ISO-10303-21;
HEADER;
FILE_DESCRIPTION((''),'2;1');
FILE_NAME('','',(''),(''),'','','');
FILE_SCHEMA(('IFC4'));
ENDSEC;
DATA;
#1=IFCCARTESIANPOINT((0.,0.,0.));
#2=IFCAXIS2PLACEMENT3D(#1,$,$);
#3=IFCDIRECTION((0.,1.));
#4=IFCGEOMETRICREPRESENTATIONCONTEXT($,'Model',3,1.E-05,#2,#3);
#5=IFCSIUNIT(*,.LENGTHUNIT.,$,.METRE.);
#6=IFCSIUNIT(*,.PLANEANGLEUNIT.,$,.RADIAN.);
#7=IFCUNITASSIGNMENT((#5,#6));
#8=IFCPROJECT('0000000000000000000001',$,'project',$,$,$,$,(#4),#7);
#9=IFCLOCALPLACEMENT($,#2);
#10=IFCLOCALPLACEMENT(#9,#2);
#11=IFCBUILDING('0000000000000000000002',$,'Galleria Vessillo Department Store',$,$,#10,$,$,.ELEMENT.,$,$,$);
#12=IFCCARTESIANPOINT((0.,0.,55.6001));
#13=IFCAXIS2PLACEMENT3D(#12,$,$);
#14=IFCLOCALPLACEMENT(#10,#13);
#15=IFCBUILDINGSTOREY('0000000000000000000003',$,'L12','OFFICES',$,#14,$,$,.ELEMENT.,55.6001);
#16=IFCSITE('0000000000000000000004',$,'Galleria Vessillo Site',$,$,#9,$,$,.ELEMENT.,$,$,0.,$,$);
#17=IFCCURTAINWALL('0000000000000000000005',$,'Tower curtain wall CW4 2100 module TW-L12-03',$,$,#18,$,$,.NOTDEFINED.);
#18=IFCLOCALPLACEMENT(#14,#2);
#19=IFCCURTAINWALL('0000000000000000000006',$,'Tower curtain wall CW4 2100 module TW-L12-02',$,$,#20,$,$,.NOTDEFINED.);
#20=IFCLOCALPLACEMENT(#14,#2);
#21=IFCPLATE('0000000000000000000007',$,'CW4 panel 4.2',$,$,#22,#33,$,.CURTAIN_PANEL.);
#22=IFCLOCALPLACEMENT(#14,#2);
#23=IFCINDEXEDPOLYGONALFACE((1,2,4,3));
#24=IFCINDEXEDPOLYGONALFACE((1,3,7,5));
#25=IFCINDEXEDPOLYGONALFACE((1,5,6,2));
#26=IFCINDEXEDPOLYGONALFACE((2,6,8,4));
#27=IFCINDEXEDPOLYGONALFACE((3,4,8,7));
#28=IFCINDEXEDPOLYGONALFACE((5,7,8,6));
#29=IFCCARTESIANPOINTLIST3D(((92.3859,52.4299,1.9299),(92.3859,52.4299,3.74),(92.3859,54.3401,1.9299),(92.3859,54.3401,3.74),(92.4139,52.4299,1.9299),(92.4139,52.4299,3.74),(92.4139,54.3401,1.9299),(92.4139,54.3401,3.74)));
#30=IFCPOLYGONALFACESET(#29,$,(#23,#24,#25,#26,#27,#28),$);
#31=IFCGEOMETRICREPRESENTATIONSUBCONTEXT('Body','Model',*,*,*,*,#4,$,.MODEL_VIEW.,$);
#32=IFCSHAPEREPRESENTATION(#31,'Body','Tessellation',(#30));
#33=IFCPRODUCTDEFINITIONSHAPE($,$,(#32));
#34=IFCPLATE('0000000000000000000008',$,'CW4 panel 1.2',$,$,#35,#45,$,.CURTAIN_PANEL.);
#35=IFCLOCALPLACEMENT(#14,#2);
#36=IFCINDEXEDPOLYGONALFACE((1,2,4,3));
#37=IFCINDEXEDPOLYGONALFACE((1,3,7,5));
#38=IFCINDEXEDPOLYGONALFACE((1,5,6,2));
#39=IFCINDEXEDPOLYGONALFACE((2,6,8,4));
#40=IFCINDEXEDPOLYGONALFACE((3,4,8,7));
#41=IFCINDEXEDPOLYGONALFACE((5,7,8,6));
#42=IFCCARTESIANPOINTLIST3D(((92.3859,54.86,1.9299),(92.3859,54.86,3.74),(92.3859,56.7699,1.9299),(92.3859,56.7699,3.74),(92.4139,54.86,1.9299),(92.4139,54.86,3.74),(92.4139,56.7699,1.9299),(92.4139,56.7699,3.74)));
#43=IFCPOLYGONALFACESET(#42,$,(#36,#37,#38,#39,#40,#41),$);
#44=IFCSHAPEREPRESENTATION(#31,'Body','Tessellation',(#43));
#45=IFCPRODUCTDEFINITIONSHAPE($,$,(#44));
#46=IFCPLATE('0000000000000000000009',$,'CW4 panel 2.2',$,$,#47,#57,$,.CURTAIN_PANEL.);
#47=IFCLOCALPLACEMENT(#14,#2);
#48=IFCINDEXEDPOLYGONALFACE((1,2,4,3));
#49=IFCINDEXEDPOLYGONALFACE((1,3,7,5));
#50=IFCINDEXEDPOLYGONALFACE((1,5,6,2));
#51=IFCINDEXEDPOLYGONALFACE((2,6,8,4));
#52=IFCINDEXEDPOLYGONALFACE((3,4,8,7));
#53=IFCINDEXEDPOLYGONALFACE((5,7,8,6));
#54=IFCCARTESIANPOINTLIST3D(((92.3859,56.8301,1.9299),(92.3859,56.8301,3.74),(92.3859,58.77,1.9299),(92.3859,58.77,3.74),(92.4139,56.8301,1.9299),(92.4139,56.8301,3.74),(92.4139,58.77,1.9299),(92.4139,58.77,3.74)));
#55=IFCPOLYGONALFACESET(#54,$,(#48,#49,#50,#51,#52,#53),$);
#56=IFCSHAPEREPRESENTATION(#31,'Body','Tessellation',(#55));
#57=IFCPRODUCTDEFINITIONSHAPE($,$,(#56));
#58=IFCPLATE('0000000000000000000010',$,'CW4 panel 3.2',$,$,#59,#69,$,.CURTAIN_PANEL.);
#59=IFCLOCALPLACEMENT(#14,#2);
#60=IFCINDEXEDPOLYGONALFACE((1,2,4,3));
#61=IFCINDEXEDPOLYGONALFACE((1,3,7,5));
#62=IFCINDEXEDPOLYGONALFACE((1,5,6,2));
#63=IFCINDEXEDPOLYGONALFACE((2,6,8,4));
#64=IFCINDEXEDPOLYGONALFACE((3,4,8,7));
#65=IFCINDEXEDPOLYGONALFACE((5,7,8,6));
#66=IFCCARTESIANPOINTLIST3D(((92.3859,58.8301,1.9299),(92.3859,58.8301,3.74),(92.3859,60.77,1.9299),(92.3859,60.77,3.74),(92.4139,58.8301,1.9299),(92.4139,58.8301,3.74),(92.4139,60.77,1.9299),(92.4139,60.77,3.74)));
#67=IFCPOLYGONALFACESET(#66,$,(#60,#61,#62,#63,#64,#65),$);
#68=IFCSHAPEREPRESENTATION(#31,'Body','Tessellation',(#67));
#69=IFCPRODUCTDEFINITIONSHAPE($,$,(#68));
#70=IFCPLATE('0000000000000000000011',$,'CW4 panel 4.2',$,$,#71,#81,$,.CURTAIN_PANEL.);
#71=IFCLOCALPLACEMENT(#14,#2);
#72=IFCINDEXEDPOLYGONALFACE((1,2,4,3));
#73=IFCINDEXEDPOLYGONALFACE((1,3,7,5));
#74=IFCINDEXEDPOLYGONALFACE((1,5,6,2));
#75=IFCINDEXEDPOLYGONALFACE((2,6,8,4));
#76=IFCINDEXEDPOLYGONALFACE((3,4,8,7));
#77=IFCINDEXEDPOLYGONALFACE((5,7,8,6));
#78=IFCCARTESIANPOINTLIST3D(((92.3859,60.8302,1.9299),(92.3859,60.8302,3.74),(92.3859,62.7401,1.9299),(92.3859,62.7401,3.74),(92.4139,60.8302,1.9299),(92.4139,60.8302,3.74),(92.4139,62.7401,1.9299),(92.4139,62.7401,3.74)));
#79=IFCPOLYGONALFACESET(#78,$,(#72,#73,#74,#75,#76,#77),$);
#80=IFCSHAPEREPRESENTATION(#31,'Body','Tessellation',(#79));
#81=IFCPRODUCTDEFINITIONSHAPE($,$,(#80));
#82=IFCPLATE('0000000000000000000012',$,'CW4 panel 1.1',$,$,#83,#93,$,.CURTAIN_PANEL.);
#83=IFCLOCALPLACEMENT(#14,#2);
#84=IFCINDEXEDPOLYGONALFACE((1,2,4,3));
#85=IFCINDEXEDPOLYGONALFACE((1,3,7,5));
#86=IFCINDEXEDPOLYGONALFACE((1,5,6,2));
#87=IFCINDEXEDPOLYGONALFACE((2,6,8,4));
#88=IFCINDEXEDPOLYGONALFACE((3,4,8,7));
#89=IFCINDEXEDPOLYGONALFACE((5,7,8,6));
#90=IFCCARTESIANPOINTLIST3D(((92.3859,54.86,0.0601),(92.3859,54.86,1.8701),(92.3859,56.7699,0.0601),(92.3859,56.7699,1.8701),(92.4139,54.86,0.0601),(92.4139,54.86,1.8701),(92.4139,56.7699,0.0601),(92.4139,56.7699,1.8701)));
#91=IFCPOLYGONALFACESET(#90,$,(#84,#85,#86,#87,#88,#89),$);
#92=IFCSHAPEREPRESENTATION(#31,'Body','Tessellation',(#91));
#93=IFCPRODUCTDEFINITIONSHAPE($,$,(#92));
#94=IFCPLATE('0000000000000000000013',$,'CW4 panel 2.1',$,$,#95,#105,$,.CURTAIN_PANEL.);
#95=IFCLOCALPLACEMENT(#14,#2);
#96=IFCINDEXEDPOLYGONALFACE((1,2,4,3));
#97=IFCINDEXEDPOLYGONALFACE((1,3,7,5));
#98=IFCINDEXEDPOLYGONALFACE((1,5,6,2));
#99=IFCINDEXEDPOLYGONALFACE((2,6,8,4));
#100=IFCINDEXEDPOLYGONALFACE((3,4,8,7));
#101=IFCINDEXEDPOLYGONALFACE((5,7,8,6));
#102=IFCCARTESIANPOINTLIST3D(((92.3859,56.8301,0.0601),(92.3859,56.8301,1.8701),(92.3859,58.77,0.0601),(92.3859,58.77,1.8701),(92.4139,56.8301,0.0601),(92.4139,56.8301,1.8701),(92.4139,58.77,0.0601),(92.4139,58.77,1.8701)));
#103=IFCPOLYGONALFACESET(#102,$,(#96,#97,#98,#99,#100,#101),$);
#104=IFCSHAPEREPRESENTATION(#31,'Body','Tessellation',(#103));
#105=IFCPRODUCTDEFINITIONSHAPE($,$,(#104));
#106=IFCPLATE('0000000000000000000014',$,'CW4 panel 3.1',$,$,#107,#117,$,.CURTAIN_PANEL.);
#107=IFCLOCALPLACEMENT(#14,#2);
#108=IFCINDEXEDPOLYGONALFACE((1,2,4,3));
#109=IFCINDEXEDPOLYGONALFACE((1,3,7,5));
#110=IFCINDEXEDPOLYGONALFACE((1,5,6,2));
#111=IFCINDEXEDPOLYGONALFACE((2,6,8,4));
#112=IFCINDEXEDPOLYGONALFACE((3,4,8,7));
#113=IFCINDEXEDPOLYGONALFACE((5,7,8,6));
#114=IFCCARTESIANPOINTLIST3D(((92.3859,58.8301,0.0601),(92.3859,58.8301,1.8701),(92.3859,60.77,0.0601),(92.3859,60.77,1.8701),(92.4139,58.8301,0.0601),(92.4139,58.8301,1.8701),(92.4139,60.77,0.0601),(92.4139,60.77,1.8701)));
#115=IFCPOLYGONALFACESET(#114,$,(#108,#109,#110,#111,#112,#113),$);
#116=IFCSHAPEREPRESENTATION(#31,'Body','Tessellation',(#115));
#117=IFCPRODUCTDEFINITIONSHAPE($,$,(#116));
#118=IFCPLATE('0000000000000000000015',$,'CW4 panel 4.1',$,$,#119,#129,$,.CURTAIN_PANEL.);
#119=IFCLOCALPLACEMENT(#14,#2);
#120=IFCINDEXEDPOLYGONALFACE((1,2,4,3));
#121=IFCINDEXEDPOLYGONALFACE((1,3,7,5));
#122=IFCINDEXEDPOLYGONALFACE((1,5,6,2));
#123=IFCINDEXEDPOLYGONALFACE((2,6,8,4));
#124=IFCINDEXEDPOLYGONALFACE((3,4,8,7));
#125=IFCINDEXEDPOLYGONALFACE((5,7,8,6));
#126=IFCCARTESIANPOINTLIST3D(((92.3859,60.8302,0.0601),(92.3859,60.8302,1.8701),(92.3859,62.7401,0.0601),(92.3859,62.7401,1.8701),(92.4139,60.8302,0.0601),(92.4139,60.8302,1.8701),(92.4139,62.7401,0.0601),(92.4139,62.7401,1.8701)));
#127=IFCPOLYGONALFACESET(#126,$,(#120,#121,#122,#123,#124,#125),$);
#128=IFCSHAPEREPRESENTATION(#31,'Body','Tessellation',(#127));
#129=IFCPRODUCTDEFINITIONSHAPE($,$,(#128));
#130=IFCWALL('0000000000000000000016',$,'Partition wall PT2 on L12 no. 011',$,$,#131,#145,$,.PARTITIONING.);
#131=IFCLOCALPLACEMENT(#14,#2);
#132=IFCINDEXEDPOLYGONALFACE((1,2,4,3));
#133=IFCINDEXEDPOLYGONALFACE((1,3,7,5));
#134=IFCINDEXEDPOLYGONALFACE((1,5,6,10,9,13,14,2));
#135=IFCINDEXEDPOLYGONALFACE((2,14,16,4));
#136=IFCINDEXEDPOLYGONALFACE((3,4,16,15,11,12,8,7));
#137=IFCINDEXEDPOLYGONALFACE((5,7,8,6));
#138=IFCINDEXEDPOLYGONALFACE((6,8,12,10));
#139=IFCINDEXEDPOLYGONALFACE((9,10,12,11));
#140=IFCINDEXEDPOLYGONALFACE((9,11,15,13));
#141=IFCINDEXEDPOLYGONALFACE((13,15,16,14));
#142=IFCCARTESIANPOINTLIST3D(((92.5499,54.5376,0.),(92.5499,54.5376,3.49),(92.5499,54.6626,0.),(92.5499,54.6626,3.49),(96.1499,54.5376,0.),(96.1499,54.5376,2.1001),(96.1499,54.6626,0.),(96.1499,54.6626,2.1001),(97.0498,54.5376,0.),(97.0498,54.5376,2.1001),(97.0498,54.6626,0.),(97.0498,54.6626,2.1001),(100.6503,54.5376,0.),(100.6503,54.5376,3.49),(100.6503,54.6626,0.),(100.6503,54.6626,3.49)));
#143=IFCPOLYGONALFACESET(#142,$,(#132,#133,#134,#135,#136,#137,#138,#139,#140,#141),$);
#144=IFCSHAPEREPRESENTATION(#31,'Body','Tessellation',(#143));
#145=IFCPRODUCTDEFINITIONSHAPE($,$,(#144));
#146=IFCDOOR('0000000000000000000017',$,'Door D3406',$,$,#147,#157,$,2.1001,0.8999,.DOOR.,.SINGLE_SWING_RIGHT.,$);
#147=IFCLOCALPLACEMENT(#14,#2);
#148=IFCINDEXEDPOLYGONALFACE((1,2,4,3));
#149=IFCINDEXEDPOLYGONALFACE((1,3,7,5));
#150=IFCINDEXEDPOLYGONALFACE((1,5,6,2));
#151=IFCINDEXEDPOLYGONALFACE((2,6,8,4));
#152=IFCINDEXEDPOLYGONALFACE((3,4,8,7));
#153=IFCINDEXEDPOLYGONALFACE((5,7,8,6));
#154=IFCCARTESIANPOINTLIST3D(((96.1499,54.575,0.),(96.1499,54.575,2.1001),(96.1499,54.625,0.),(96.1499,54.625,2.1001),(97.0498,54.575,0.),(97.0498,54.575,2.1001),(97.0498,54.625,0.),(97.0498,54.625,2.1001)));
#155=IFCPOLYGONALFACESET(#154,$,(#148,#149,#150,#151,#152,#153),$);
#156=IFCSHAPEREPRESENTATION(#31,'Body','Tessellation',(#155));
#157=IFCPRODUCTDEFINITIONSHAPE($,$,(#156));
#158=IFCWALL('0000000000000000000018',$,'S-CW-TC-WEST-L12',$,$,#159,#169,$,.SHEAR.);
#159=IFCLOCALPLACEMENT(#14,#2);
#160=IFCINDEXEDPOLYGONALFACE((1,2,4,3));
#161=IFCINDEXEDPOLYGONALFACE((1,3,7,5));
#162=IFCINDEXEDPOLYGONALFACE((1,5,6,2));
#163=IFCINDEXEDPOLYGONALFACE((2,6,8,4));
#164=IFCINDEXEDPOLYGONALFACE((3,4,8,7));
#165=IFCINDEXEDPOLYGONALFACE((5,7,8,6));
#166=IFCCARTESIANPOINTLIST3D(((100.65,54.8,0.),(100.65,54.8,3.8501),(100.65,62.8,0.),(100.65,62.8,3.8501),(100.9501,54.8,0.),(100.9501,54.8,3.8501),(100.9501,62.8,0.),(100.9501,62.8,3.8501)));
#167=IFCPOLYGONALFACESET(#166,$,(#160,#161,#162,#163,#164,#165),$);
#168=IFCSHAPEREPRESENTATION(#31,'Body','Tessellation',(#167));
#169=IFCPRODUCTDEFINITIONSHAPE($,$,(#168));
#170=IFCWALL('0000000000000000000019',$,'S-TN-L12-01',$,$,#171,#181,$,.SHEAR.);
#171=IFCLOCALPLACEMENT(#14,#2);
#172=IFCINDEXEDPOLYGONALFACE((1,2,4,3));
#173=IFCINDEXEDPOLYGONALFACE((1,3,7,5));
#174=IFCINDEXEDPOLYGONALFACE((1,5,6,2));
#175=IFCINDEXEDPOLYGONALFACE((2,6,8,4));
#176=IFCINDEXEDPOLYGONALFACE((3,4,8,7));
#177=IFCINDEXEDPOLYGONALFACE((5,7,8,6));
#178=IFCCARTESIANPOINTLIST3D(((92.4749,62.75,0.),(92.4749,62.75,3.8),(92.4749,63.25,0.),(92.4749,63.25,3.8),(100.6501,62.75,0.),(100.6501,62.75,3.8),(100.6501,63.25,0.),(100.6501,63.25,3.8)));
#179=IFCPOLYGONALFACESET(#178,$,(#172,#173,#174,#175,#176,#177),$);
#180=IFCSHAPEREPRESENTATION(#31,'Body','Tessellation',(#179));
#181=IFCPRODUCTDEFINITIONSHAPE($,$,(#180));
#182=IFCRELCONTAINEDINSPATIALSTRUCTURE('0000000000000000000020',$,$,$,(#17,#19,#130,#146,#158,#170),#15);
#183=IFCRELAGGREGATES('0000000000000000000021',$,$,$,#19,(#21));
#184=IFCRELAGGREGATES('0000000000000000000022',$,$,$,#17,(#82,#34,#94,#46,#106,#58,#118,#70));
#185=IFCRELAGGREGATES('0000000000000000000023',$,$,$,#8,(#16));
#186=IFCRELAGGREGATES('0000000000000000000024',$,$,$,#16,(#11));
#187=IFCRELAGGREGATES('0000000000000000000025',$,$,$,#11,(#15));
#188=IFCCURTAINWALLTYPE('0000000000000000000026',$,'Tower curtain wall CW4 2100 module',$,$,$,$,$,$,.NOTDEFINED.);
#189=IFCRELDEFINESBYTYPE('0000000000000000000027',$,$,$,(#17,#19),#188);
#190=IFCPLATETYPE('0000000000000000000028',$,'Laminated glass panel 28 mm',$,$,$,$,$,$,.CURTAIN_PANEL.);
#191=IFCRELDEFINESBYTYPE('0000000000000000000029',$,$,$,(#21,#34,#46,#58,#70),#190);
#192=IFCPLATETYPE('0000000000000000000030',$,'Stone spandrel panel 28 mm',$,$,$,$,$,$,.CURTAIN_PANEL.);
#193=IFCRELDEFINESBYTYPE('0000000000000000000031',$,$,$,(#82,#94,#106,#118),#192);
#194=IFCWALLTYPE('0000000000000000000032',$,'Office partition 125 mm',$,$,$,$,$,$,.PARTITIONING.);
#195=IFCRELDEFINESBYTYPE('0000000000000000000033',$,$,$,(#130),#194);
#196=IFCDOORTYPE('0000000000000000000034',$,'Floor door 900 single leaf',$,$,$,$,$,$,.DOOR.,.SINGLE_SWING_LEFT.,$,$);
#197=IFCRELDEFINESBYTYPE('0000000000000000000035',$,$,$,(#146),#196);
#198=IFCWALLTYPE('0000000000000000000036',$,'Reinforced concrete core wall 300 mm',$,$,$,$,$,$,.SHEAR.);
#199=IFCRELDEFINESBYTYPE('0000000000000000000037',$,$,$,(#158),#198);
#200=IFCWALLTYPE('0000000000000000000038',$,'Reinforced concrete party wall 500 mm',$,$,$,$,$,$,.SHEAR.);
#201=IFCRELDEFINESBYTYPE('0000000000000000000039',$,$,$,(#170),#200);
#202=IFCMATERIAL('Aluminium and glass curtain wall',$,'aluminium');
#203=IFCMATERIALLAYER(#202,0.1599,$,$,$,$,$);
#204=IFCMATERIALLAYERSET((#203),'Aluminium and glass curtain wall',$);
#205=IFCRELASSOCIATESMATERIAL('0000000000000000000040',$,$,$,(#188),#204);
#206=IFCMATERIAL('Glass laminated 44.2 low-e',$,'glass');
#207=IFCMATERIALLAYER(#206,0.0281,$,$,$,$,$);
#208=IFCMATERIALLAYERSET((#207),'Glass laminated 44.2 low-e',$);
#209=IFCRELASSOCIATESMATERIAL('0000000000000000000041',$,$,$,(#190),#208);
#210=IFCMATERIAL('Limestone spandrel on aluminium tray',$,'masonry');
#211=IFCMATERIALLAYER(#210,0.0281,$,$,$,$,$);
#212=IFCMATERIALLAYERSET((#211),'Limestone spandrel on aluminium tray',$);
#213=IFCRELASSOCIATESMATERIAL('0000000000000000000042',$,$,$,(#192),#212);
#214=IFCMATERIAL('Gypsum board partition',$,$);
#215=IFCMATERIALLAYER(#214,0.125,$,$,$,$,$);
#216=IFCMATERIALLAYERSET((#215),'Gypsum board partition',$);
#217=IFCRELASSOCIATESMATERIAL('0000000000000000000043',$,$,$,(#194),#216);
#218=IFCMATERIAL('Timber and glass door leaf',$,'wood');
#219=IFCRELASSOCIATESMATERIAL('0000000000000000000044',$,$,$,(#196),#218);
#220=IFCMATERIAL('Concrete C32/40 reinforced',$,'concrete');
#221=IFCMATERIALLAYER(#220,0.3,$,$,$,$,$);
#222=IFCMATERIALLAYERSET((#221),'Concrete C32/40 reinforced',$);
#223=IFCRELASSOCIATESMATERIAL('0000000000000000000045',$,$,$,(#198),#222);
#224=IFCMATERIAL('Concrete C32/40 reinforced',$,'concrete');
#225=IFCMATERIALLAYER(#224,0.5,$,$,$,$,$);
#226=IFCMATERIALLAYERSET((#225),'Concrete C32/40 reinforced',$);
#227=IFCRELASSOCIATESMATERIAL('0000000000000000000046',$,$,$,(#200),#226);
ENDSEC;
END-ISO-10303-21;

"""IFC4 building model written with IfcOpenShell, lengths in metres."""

from ifc_helpers import new_model, si_unit, direction, frame, frame_2d, origin, origin_2d, place, context, subcontext, project, spatial, rectangle, extrude, material, layer, layer_set, type_object, element, fill, aggregate, save


model = new_model("IFC4")

# Units and contexts
model_context = context("Model", 3, precision=1e-05, world=origin(), true_north=direction((0.0, 1.0)))
body_context = subcontext(model_context, "Body", "Model", "MODEL_VIEW")
ifc_project = project(units=[si_unit("LENGTHUNIT", "METRE"), si_unit("PLANEANGLEUNIT", "RADIAN")], contexts=[model_context])

# Site, building, storey
site_placement = place(None, origin())
site = spatial("IfcSite", under=ifc_project, at=site_placement, Name="Galleria Vessillo Site", CompositionType="ELEMENT", RefElevation=0.0)
building_placement = place(site_placement, origin())
building = spatial("IfcBuilding", under=site, at=building_placement, Name="Galleria Vessillo Department Store", CompositionType="ELEMENT")
storey_placement = place(building_placement, frame((0.0, 0.0, 55.6001)))
storey = spatial("IfcBuildingStorey", under=building, at=storey_placement, Name="L12", Description="OFFICES", CompositionType="ELEMENT", Elevation=55.6001)

# Curtain wall
ifc_material_1 = material(Name="Aluminium and glass curtain wall", Category="aluminium")
ifc_layer_1 = layer(ifc_material_1, 0.1599)
ifc_layer_set_1 = layer_set([ifc_layer_1], Name="Aluminium and glass curtain wall")
curtain_wall_type = type_object("IfcCurtainWallType", Name="Tower curtain wall CW4 2100 module", PredefinedType="NOTDEFINED", material=ifc_layer_set_1)
curtain_wall_1_placement = place(storey_placement, origin())
curtain_wall_1 = element("IfcCurtainWall", 1, at=curtain_wall_1_placement, inside=storey, type_object=curtain_wall_type, Name="Tower curtain wall CW4 2100 module TW-L12-03", PredefinedType="NOTDEFINED")

# Curtain wall, plate
curtain_wall_2_placement = place(storey_placement, origin())
curtain_wall_2 = element("IfcCurtainWall", 2, at=curtain_wall_2_placement, inside=storey, type_object=curtain_wall_type, Name="Tower curtain wall CW4 2100 module TW-L12-02", PredefinedType="NOTDEFINED")
ifc_material_2 = material(Name="Glass laminated 44.2 low-e", Category="glass")
ifc_layer_2 = layer(ifc_material_2, 0.0281)
ifc_layer_set_2 = layer_set([ifc_layer_2], Name="Glass laminated 44.2 low-e")
plate_type_1 = type_object("IfcPlateType", Name="Laminated glass panel 28 mm", PredefinedType="CURTAIN_PANEL", material=ifc_layer_set_2)
plate_1_placement = place(storey_placement, frame((92.3999, 53.385, 1.9299), z_axis=(0.0, 0.0, 1.0), x_axis=(0.0, 1.0, 0.0)))
plate_1 = element("IfcPlate", 3, at=plate_1_placement, type_object=plate_type_1, Name="CW4 panel 4.2", PredefinedType="CURTAIN_PANEL", context=body_context, shape_type="SweptSolid", body=[
    extrude(rectangle(XDim=1.9102, YDim=0.0281, at=origin_2d()), origin(), (0.0, 0.0, 1.0), 1.8101),
])
aggregate(curtain_wall_2, [plate_1])

# Plates
plate_2_placement = place(storey_placement, frame((92.3999, 55.8149, 1.9299), z_axis=(0.0, 0.0, 1.0), x_axis=(0.0, 1.0, 0.0)))
plate_2 = element("IfcPlate", 4, at=plate_2_placement, type_object=plate_type_1, Name="CW4 panel 1.2", PredefinedType="CURTAIN_PANEL", context=body_context, shape_type="SweptSolid", body=[
    extrude(rectangle(XDim=1.9099, YDim=0.0281, at=origin_2d()), origin(), (0.0, 0.0, 1.0), 1.8101),
])
plate_3_placement = place(storey_placement, frame((92.3999, 57.8, 1.9299), z_axis=(0.0, 0.0, 1.0), x_axis=(0.0, 1.0, 0.0)))
plate_3 = element("IfcPlate", 5, at=plate_3_placement, type_object=plate_type_1, Name="CW4 panel 2.2", PredefinedType="CURTAIN_PANEL", context=body_context, shape_type="SweptSolid", body=[
    extrude(rectangle(XDim=1.9399, YDim=0.0281, at=origin_2d()), origin(), (0.0, 0.0, 1.0), 1.8101),
])
plate_4_placement = place(storey_placement, frame((92.3999, 59.8, 1.9299), z_axis=(0.0, 0.0, 1.0), x_axis=(0.0, 1.0, 0.0)))
plate_4 = element("IfcPlate", 6, at=plate_4_placement, type_object=plate_type_1, Name="CW4 panel 3.2", PredefinedType="CURTAIN_PANEL", context=body_context, shape_type="SweptSolid", body=[
    extrude(rectangle(XDim=1.9399, YDim=0.0281, at=origin_2d()), origin(), (0.0, 0.0, 1.0), 1.8101),
])
plate_5_placement = place(storey_placement, frame((92.3999, 61.7852, 1.9299), z_axis=(0.0, 0.0, 1.0), x_axis=(0.0, 1.0, 0.0)))
plate_5 = element("IfcPlate", 7, at=plate_5_placement, type_object=plate_type_1, Name="CW4 panel 4.2", PredefinedType="CURTAIN_PANEL", context=body_context, shape_type="SweptSolid", body=[
    extrude(rectangle(XDim=1.9099, YDim=0.0281, at=origin_2d()), origin(), (0.0, 0.0, 1.0), 1.8101),
])
ifc_material_3 = material(Name="Limestone spandrel on aluminium tray", Category="masonry")
ifc_layer_3 = layer(ifc_material_3, 0.0281)
ifc_layer_set_3 = layer_set([ifc_layer_3], Name="Limestone spandrel on aluminium tray")
plate_type_2 = type_object("IfcPlateType", Name="Stone spandrel panel 28 mm", PredefinedType="CURTAIN_PANEL", material=ifc_layer_set_3)
plate_6_placement = place(storey_placement, frame((92.3999, 55.8149, 0.0601), z_axis=(0.0, 0.0, 1.0), x_axis=(0.0, 1.0, 0.0)))
plate_6 = element("IfcPlate", 8, at=plate_6_placement, type_object=plate_type_2, Name="CW4 panel 1.1", PredefinedType="CURTAIN_PANEL", context=body_context, shape_type="SweptSolid", body=[
    extrude(rectangle(XDim=1.9099, YDim=0.0281, at=origin_2d()), origin(), (0.0, 0.0, 1.0), 1.8101),
])
plate_7_placement = place(storey_placement, frame((92.3999, 57.8, 0.0601), z_axis=(0.0, 0.0, 1.0), x_axis=(0.0, 1.0, 0.0)))
plate_7 = element("IfcPlate", 9, at=plate_7_placement, type_object=plate_type_2, Name="CW4 panel 2.1", PredefinedType="CURTAIN_PANEL", context=body_context, shape_type="SweptSolid", body=[
    extrude(rectangle(XDim=1.9399, YDim=0.0281, at=origin_2d()), origin(), (0.0, 0.0, 1.0), 1.8101),
])
plate_8_placement = place(storey_placement, frame((92.3999, 59.8, 0.0601), z_axis=(0.0, 0.0, 1.0), x_axis=(0.0, 1.0, 0.0)))
plate_8 = element("IfcPlate", 10, at=plate_8_placement, type_object=plate_type_2, Name="CW4 panel 3.1", PredefinedType="CURTAIN_PANEL", context=body_context, shape_type="SweptSolid", body=[
    extrude(rectangle(XDim=1.9399, YDim=0.0281, at=origin_2d()), origin(), (0.0, 0.0, 1.0), 1.8101),
])
plate_9_placement = place(storey_placement, frame((92.3999, 61.7852, 0.0601), z_axis=(0.0, 0.0, 1.0), x_axis=(0.0, 1.0, 0.0)))
plate_9 = element("IfcPlate", 11, at=plate_9_placement, type_object=plate_type_2, Name="CW4 panel 4.1", PredefinedType="CURTAIN_PANEL", context=body_context, shape_type="SweptSolid", body=[
    extrude(rectangle(XDim=1.9099, YDim=0.0281, at=origin_2d()), origin(), (0.0, 0.0, 1.0), 1.8101),
])
aggregate(curtain_wall_1, [plate_6, plate_2, plate_7, plate_3, plate_8, plate_4, plate_9, plate_5])

# Wall, opening, door
ifc_material_4 = material(Name="Gypsum board partition")
ifc_layer_4 = layer(ifc_material_4, 0.125)
ifc_layer_set_4 = layer_set([ifc_layer_4], Name="Gypsum board partition")
wall_type_1 = type_object("IfcWallType", Name="Office partition 125 mm", PredefinedType="PARTITIONING", material=ifc_layer_set_4)
wall_1_placement = place(storey_placement, frame((92.5498, 54.6001, 0.0), z_axis=(0.0, 0.0, 1.0), x_axis=(1.0, 0.0, 0.0)))
wall_1 = element("IfcWall", 12, at=wall_1_placement, inside=storey, type_object=wall_type_1, Name="Partition wall PT2 on L12 no. 011", PredefinedType="PARTITIONING", context=body_context, shape_type="SweptSolid", body=[
    extrude(rectangle(XDim=8.1003, YDim=0.125, at=frame_2d((4.0503, 0.0))), origin(), (0.0, 0.0, 1.0), 3.49),
])
opening_placement = place(wall_1_placement, frame((3.6001, 0.0, 0.0)))
opening = element("IfcOpeningElement", 13, at=opening_placement, cuts=wall_1, PredefinedType="OPENING", context=body_context, shape_type="SweptSolid", body=[
    extrude(rectangle(XDim=0.8999, YDim=2.1001, at=frame_2d((0.45, 1.05))), frame((0.0, 0.0725, 0.0), z_axis=(0.0, -1.0, 0.0), x_axis=(1.0, 0.0, 0.0)), (0.0, 0.0, 1.0), 0.145),
])
ifc_material_5 = material(Name="Timber and glass door leaf", Category="wood")
door_type = type_object("IfcDoorType", Name="Floor door 900 single leaf", OperationType="SINGLE_SWING_LEFT", PredefinedType="DOOR", material=ifc_material_5)
door_placement = place(opening_placement, origin())
door = element("IfcDoor", 14, at=door_placement, inside=storey, type_object=door_type, Name="Door D3406", OperationType="SINGLE_SWING_RIGHT", OverallHeight=2.1001, OverallWidth=0.8999, PredefinedType="DOOR", context=body_context, shape_type="SweptSolid", body=[
    extrude(rectangle(XDim=0.8999, YDim=2.1001, at=frame_2d((0.45, 1.05))), frame((0.0, 0.0249, 0.0), z_axis=(0.0, -1.0, 0.0), x_axis=(1.0, 0.0, 0.0)), (0.0, 0.0, 1.0), 0.05),
])
fill(opening, door)

# Walls
ifc_material_6 = material(Name="Concrete C32/40 reinforced", Category="concrete")
ifc_layer_5 = layer(ifc_material_6, 0.3)
ifc_layer_set_5 = layer_set([ifc_layer_5], Name="Concrete C32/40 reinforced")
wall_type_2 = type_object("IfcWallType", Name="Reinforced concrete core wall 300 mm", PredefinedType="SHEAR", material=ifc_layer_set_5)
wall_2_placement = place(storey_placement, frame((100.8, 54.8, 0.0), z_axis=(0.0, 0.0, 1.0), x_axis=(0.0, 1.0, 0.0)))
element("IfcWall", 15, at=wall_2_placement, inside=storey, type_object=wall_type_2, Name="S-CW-TC-WEST-L12", PredefinedType="SHEAR", context=body_context, shape_type="SweptSolid", body=[
    extrude(rectangle(XDim=8.0, YDim=0.3, at=frame_2d((4.0, 0.0))), origin(), (0.0, 0.0, 1.0), 3.8501),
])
ifc_material_7 = material(Name="Concrete C32/40 reinforced", Category="concrete")
ifc_layer_6 = layer(ifc_material_7, 0.5)
ifc_layer_set_6 = layer_set([ifc_layer_6], Name="Concrete C32/40 reinforced")
wall_type_3 = type_object("IfcWallType", Name="Reinforced concrete party wall 500 mm", PredefinedType="SHEAR", material=ifc_layer_set_6)
wall_3_placement = place(storey_placement, frame((92.4749, 63.0, 0.0), z_axis=(0.0, 0.0, 1.0), x_axis=(1.0, 0.0, 0.0)))
element("IfcWall", 16, at=wall_3_placement, inside=storey, type_object=wall_type_3, Name="S-TN-L12-01", PredefinedType="SHEAR", context=body_context, shape_type="SweptSolid", body=[
    extrude(rectangle(XDim=8.1753, YDim=0.5, at=frame_2d((4.0876, 0.0))), origin(), (0.0, 0.0, 1.0), 3.8),
])

save(model, "model.ifc")
